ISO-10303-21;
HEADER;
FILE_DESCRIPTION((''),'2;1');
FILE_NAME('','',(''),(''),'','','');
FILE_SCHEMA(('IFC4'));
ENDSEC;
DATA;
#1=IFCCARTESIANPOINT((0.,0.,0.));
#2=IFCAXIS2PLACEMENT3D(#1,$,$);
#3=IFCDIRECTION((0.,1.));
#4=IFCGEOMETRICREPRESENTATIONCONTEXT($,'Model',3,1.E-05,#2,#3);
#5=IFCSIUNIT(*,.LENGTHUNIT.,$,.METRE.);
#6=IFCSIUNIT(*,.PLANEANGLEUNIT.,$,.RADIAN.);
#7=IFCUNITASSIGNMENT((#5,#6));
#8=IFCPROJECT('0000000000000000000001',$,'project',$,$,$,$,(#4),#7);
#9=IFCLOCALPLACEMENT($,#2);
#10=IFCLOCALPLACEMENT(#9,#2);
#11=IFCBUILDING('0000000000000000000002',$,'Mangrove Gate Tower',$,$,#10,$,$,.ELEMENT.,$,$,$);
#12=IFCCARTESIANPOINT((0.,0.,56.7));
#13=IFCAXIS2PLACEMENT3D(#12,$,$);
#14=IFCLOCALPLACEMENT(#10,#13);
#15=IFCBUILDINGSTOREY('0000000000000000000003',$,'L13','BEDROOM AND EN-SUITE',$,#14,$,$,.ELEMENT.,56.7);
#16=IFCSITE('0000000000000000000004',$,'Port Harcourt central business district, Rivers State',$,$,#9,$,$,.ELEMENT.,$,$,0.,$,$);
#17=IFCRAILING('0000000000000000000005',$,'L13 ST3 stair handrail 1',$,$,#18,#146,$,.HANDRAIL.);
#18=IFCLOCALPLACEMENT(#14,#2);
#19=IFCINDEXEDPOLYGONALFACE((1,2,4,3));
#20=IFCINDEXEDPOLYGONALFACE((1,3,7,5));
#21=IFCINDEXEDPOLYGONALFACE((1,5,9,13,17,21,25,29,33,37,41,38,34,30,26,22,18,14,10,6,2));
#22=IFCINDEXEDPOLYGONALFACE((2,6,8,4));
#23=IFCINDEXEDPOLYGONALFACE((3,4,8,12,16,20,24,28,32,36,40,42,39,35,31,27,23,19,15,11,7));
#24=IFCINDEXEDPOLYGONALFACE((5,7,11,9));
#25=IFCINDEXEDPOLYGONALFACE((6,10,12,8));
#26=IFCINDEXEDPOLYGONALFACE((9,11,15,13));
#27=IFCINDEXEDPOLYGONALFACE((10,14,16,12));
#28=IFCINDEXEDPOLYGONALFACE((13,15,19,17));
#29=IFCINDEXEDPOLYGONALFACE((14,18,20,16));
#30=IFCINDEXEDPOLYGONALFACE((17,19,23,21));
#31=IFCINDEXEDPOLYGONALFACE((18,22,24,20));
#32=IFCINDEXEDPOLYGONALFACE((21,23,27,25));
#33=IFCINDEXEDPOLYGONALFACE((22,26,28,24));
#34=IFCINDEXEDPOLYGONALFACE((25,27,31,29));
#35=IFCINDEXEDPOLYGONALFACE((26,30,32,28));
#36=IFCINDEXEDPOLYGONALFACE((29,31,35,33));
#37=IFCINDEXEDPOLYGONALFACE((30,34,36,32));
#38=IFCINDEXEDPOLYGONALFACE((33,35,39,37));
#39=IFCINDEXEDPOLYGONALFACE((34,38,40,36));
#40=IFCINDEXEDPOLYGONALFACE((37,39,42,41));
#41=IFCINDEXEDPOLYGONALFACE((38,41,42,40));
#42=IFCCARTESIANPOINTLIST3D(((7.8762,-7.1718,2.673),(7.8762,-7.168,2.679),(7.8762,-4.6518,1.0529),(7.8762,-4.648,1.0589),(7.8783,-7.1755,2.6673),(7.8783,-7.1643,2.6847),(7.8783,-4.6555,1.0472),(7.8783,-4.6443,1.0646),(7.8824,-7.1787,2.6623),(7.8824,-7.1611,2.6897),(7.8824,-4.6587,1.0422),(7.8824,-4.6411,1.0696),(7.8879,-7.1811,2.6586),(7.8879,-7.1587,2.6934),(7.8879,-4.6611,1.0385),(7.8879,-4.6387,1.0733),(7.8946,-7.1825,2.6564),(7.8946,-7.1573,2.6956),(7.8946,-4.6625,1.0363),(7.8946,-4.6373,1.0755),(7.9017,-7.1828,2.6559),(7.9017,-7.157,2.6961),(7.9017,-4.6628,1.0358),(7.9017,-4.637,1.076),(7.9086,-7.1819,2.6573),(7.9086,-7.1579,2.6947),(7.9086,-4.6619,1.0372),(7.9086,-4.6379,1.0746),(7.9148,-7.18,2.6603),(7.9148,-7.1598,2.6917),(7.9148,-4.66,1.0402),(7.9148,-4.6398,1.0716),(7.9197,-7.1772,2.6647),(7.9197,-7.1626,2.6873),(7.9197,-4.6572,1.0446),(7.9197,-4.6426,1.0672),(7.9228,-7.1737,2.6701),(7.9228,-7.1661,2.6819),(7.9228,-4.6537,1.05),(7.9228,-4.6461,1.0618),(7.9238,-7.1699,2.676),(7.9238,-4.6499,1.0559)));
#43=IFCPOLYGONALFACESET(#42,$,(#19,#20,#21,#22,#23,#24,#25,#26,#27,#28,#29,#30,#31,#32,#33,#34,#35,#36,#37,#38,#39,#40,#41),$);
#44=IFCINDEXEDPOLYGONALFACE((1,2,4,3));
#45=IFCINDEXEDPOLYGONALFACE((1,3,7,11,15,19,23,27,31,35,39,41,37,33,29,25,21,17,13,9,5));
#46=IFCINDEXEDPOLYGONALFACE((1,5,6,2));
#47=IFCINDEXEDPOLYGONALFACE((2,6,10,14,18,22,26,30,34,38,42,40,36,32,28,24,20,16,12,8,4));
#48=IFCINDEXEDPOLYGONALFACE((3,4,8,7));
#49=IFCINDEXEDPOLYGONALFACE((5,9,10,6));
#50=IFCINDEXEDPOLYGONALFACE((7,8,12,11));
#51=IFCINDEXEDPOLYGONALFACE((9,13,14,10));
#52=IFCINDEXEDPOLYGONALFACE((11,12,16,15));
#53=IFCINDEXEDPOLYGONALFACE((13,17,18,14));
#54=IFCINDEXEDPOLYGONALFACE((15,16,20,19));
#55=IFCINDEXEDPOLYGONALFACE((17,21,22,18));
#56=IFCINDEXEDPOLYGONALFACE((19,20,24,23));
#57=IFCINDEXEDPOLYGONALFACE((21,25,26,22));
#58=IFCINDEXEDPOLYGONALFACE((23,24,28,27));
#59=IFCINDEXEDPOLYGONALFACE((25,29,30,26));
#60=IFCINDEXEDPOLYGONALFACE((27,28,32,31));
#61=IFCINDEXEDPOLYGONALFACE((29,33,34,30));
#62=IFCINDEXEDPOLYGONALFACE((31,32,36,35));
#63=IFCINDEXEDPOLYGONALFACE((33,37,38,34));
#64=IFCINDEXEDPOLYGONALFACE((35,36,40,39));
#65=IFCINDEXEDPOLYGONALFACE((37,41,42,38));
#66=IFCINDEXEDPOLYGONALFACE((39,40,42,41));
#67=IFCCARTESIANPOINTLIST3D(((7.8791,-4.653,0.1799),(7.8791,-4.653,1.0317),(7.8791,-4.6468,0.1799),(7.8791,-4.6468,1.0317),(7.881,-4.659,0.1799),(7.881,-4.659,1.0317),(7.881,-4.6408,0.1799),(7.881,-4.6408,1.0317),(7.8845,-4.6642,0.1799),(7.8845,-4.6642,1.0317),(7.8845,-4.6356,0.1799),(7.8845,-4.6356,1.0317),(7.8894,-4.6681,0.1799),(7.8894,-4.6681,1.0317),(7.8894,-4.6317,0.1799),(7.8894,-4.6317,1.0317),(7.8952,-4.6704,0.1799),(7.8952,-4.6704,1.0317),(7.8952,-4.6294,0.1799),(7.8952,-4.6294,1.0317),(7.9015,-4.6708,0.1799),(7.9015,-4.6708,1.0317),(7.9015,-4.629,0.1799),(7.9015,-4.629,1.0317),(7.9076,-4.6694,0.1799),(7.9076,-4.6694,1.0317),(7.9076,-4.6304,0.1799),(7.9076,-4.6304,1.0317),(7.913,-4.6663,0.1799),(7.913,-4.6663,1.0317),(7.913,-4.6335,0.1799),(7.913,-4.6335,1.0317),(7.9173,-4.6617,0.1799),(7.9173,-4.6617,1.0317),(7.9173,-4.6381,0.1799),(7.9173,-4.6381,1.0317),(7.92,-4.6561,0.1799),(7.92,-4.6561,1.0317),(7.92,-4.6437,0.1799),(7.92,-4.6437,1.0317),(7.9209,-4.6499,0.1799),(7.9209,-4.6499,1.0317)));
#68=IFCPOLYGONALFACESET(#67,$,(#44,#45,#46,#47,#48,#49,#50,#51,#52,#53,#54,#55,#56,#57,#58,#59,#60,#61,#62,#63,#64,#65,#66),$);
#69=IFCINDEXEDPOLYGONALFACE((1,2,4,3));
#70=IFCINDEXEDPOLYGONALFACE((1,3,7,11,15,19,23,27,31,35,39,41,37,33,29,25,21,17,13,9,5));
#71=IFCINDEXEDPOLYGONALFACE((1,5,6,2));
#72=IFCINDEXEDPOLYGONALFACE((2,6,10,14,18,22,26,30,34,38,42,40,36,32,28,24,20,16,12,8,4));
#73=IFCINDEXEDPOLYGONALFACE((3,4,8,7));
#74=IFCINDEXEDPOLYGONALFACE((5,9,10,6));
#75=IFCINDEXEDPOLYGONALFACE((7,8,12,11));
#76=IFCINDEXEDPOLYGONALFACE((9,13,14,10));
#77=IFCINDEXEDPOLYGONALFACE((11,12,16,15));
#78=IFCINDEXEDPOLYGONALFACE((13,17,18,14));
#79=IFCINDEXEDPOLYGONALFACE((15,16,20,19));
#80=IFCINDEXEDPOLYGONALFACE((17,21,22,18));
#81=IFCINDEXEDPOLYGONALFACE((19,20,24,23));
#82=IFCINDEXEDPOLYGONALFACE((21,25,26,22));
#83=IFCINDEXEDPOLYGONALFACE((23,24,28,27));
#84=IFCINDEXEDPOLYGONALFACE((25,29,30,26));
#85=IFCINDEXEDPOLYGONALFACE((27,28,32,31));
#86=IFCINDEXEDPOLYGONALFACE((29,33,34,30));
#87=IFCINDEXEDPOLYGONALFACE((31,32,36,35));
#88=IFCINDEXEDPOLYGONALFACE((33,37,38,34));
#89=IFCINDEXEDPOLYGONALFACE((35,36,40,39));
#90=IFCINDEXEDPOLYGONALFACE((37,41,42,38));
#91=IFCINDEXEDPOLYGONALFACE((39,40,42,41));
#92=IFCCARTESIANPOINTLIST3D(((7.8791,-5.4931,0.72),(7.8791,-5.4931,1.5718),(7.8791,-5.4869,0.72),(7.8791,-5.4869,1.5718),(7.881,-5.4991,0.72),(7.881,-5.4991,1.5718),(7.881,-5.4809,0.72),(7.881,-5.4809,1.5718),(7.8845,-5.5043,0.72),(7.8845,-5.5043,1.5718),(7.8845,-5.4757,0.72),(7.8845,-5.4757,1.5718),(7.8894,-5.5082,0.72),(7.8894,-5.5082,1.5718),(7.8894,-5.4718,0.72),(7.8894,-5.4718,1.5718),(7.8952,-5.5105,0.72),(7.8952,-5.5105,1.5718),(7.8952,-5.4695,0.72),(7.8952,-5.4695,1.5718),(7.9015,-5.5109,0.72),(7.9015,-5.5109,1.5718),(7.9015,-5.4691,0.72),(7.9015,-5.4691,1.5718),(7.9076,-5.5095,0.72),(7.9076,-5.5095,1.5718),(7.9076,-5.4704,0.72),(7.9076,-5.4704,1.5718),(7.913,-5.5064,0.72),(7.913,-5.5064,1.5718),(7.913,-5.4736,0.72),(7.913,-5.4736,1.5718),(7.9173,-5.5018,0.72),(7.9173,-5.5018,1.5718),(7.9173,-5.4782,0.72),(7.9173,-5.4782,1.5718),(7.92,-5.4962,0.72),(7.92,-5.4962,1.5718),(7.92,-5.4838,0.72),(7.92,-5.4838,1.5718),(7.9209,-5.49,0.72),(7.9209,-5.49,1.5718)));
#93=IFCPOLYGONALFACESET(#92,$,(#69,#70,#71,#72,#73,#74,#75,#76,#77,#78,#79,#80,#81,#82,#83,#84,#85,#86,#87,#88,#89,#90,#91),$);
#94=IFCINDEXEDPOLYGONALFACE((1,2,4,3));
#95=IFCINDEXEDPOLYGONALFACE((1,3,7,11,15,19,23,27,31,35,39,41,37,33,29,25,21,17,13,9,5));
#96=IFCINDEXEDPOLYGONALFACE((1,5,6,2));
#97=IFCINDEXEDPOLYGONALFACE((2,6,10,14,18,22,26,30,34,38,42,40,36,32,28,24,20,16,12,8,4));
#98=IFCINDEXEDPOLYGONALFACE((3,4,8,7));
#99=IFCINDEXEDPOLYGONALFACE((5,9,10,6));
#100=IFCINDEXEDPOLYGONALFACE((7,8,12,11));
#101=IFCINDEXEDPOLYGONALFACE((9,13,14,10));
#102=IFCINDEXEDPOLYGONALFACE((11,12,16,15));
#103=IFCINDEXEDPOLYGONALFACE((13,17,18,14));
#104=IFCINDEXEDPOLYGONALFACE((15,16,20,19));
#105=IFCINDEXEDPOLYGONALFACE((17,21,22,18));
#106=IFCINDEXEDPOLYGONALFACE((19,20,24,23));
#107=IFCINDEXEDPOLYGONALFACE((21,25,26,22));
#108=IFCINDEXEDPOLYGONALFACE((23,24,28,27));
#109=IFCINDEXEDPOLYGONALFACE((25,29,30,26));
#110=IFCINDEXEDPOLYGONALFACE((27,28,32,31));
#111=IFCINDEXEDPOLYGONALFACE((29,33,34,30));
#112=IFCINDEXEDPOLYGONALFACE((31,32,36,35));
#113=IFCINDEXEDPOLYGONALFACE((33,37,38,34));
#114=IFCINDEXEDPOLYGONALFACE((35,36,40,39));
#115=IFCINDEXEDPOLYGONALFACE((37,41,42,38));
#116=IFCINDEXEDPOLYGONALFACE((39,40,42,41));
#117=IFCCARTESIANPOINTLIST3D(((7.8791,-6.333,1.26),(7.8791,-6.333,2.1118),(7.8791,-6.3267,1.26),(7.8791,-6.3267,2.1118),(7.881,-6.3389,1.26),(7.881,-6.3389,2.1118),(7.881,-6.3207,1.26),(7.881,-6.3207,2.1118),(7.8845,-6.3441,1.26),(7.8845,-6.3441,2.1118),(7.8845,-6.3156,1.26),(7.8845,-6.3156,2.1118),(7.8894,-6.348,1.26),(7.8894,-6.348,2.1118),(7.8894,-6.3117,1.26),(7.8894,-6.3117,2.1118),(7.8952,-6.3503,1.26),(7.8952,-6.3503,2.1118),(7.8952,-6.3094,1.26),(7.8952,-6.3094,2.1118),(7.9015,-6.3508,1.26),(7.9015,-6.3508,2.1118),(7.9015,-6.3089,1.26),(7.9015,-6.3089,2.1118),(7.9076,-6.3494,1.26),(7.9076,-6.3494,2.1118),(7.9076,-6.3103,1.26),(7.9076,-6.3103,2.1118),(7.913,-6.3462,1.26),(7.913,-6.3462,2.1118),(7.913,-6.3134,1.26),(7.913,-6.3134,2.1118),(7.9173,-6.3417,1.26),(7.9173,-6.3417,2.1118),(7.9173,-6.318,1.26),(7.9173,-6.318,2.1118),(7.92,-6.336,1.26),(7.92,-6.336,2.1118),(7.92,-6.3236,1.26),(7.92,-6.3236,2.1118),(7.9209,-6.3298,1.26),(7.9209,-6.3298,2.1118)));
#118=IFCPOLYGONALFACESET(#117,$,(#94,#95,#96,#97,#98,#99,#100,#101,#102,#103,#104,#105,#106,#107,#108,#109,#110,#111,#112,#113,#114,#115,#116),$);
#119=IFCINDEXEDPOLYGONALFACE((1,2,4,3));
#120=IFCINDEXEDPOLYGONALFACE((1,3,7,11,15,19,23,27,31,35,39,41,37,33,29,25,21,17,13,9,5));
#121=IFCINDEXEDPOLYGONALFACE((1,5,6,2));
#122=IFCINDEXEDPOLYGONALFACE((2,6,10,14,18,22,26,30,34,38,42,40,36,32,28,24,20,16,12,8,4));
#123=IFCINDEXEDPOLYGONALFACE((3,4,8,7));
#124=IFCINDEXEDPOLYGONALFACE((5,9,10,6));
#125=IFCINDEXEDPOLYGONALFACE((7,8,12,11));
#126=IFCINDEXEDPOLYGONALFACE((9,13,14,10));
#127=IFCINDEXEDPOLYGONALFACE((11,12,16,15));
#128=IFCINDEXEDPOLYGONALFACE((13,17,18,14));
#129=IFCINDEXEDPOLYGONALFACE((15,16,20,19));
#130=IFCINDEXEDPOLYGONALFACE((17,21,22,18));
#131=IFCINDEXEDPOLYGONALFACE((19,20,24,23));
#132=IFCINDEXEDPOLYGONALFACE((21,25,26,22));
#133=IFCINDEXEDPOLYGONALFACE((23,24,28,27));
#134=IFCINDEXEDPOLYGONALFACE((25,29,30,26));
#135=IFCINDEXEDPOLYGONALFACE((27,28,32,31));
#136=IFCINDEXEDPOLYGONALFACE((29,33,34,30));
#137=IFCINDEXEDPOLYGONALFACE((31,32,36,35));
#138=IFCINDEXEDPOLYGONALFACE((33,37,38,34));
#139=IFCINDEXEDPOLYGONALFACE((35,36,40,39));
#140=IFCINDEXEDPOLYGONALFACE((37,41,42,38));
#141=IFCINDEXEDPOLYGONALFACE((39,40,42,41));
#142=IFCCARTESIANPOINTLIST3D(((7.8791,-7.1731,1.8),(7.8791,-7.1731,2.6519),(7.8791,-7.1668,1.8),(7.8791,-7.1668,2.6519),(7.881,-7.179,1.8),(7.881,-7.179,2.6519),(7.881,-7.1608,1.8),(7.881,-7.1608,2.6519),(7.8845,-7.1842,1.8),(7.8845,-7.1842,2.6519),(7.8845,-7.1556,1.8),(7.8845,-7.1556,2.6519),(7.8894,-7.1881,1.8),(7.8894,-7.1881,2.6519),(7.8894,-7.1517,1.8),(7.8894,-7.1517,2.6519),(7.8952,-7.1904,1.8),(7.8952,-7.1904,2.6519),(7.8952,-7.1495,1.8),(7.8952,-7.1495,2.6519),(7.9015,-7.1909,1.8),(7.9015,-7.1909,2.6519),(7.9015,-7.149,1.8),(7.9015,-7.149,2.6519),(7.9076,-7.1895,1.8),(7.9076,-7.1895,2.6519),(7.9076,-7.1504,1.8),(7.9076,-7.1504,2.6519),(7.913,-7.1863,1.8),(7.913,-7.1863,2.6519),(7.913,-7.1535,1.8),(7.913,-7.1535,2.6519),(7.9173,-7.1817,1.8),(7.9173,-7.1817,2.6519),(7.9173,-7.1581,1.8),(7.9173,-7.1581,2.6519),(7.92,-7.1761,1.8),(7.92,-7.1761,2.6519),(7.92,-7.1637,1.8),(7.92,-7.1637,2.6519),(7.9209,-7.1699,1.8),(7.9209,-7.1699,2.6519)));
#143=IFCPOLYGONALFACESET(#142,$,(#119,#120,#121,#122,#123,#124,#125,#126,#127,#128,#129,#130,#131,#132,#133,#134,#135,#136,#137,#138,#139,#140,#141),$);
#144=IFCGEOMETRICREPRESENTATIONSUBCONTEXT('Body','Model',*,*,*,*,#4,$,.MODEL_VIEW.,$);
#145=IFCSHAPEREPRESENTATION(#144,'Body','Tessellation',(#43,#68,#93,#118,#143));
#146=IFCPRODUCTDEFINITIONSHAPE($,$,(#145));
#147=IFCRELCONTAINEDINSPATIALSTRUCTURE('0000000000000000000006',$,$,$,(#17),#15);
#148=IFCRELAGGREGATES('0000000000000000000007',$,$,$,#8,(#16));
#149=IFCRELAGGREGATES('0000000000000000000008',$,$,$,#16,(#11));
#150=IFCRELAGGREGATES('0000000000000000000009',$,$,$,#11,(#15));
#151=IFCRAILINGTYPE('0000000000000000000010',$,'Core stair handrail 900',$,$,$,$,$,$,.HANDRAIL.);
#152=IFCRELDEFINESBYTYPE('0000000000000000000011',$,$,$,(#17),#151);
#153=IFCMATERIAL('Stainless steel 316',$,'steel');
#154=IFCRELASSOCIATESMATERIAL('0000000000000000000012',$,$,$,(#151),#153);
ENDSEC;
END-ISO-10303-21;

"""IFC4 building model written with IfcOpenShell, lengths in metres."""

from ifc_helpers import new_model, si_unit, direction, frame, origin, origin_2d, place, context, subcontext, project, spatial, circle, extrude, material, type_object, element, save


model = new_model("IFC4")

# Units and contexts
model_context = context("Model", 3, precision=1e-05, world=origin(), true_north=direction((0.0, 1.0)))
body_context = subcontext(model_context, "Body", "Model", "MODEL_VIEW")
ifc_project = project(units=[si_unit("LENGTHUNIT", "METRE"), si_unit("PLANEANGLEUNIT", "RADIAN")], contexts=[model_context])

# Site, building, storey
site_placement = place(None, origin())
site = spatial("IfcSite", under=ifc_project, at=site_placement, Name="Port Harcourt central business district, Rivers State", CompositionType="ELEMENT", RefElevation=0.0)
building_placement = place(site_placement, origin())
building = spatial("IfcBuilding", under=site, at=building_placement, Name="Mangrove Gate Tower", CompositionType="ELEMENT")
storey_placement = place(building_placement, frame((0.0, 0.0, 56.7)))
storey = spatial("IfcBuildingStorey", under=building, at=storey_placement, Name="L13", Description="BEDROOM AND EN-SUITE", CompositionType="ELEMENT", Elevation=56.7)

# Railing
ifc_material_1 = material(Name="Stainless steel 316", Category="steel")
railing_type_1 = type_object("IfcRailingType", Name="Core stair handrail 900", PredefinedType="HANDRAIL", material=ifc_material_1)
railing_1_placement = place(storey_placement, frame((7.8999, -4.6499, 0.1799)))
element("IfcRailing", 1, at=railing_1_placement, inside=storey, type_object=railing_type_1, Name="L13 ST3 stair handrail 1", PredefinedType="HANDRAIL", context=body_context, shape_type="SweptSolid", body=[
    extrude(circle(Radius=0.0239, at=origin_2d()), frame((0.0, 0.0, 0.876), z_axis=(0.0, -0.841163, 0.540782), x_axis=(1.0, 0.0, 0.0)), (0.0, 0.0, 1.0), 2.9958),
    extrude(circle(Radius=0.021, at=origin_2d()), origin(), (0.0, 0.0, 1.0), 0.8518),
    extrude(circle(Radius=0.021, at=origin_2d()), frame((0.0, -0.8401, 0.54)), (0.0, 0.0, 1.0), 0.8518),
    extrude(circle(Radius=0.021, at=origin_2d()), frame((0.0, -1.6799, 1.0801)), (0.0, 0.0, 1.0), 0.8518),
    extrude(circle(Radius=0.021, at=origin_2d()), frame((0.0, -2.52, 1.6201)), (0.0, 0.0, 1.0), 0.8518),
])

save(model, "model.ifc")
